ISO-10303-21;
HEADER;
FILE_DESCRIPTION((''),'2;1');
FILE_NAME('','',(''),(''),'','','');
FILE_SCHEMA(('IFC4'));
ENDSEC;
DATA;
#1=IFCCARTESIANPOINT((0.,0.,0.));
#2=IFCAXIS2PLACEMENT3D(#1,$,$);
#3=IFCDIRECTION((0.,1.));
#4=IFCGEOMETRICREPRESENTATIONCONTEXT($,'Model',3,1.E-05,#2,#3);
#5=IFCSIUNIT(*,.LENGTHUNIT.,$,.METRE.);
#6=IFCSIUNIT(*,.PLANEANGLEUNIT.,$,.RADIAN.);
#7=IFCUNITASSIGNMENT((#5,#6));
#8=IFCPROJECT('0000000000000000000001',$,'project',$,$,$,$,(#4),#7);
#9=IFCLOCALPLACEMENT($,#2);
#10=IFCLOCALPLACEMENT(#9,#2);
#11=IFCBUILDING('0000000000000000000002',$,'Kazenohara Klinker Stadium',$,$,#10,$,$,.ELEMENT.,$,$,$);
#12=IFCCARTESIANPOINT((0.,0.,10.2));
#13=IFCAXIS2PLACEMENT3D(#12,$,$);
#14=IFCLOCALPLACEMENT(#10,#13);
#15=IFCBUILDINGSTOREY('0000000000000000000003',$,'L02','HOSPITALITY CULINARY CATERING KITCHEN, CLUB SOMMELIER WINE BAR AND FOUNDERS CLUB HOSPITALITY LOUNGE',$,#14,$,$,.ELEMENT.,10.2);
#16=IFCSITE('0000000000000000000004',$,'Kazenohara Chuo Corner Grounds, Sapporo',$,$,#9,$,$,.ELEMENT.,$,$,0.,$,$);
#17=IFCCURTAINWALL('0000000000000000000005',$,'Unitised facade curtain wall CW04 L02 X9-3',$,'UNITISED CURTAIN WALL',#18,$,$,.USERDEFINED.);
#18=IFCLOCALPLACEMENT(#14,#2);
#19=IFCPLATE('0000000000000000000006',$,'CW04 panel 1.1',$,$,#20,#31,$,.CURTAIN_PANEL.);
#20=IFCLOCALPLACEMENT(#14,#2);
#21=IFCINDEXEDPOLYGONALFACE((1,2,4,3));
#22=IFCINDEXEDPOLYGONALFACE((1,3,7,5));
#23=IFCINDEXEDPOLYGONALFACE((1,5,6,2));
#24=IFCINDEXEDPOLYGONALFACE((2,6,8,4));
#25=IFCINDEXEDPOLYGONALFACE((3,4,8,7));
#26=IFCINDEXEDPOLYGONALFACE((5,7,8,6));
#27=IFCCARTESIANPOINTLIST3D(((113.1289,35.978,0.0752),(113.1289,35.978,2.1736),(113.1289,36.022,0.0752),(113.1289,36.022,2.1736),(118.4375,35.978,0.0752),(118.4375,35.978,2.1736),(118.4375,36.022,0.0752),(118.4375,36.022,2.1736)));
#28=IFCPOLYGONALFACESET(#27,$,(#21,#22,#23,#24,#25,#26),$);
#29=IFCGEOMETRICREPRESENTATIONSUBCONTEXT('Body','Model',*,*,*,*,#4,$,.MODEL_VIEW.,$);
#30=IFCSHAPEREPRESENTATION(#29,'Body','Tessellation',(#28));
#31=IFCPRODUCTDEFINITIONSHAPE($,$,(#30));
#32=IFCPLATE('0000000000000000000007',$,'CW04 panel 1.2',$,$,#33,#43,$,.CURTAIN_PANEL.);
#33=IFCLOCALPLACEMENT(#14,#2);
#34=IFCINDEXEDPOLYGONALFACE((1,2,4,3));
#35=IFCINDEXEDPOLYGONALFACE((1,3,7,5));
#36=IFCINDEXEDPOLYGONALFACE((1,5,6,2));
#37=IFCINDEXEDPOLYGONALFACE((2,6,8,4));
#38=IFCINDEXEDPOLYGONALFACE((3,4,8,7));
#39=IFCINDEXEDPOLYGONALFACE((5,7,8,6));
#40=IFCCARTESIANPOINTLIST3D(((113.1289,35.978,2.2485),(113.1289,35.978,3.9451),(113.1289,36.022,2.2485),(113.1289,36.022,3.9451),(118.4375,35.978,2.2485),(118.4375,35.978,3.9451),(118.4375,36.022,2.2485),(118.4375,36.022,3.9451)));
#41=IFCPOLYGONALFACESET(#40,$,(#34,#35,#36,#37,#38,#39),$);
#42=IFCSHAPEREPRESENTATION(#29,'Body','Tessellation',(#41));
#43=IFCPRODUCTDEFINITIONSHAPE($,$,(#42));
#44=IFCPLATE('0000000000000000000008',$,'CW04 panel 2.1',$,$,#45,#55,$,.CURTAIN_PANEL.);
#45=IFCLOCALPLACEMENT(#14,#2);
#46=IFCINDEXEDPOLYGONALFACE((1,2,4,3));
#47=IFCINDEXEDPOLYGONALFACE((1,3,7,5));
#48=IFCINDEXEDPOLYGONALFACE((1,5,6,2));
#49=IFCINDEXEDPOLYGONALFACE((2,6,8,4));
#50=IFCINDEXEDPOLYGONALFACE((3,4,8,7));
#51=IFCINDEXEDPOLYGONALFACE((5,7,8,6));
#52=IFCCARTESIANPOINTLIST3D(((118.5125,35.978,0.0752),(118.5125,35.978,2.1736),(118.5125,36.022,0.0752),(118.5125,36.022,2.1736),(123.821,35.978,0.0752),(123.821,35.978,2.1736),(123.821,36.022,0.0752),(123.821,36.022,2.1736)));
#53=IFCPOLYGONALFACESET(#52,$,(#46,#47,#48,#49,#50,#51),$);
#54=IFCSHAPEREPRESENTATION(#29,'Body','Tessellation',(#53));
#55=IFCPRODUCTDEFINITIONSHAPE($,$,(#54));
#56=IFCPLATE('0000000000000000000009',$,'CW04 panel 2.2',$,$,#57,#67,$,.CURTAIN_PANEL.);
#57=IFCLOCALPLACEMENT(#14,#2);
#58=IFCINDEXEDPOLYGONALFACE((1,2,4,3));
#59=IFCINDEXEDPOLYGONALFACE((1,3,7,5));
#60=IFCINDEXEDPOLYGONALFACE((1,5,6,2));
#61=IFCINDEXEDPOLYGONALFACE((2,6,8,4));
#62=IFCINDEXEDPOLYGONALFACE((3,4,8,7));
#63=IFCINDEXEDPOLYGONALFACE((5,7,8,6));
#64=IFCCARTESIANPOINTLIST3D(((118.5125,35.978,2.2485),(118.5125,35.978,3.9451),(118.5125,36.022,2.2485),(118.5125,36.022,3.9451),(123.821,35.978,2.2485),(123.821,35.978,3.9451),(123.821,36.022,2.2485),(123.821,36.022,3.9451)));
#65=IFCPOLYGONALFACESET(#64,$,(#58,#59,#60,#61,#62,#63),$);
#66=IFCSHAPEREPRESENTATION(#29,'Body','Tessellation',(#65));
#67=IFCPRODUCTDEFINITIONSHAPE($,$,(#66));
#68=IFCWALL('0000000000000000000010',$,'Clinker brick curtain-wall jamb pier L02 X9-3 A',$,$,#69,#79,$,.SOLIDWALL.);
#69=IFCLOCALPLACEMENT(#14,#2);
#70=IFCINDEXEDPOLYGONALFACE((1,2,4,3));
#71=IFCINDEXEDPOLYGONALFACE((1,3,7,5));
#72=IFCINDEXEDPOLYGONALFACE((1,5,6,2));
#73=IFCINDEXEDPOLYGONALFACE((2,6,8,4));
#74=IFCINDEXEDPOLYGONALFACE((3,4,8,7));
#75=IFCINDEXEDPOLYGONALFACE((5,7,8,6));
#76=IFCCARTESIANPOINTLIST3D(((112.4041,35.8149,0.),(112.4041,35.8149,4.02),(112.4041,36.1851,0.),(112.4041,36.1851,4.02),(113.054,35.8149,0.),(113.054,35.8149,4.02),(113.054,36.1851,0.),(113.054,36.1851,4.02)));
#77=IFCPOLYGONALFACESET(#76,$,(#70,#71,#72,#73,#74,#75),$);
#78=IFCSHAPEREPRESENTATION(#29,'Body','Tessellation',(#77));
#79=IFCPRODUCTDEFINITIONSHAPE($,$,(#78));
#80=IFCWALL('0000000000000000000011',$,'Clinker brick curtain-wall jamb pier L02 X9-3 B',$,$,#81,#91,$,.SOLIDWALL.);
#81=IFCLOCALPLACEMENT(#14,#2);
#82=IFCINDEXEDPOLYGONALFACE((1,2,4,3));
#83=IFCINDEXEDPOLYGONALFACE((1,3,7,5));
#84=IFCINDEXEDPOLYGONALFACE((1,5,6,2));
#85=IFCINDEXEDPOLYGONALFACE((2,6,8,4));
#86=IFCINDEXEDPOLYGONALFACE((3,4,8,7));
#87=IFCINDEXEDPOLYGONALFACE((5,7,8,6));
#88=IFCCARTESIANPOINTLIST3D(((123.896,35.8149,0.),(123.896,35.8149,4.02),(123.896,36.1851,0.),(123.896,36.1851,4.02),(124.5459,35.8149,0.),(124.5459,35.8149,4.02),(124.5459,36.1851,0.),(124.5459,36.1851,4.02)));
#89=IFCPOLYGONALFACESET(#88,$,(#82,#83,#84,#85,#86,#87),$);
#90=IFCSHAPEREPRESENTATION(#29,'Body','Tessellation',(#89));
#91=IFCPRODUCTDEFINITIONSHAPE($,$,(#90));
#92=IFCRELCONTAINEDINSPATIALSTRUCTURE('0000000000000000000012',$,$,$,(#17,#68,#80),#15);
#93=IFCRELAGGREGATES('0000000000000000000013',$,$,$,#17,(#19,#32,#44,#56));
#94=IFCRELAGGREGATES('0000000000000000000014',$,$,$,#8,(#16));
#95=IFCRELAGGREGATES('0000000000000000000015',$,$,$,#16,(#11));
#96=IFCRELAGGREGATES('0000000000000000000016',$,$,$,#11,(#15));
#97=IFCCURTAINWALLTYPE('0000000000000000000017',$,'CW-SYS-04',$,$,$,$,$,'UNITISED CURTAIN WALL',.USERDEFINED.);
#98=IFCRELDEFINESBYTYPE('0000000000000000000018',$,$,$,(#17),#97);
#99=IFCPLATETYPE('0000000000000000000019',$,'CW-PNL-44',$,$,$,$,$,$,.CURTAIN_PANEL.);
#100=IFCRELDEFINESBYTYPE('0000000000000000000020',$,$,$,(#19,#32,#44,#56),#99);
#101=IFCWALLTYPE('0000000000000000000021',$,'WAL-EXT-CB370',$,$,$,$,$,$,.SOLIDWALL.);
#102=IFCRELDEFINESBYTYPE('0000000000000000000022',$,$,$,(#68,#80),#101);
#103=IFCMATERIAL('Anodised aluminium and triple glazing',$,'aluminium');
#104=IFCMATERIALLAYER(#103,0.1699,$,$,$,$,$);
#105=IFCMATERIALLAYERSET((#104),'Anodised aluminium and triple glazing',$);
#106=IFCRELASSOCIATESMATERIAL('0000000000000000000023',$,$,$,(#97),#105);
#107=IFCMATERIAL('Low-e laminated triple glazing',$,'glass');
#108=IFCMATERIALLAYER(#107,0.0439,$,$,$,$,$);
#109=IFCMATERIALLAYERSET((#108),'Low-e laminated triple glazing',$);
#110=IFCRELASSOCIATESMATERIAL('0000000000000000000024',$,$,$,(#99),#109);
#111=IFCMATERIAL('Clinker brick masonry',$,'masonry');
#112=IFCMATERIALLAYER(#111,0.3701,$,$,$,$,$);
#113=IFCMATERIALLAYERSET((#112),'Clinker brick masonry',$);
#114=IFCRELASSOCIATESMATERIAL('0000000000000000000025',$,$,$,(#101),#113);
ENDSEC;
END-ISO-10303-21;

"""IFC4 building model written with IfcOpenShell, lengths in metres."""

from ifc_helpers import new_model, si_unit, direction, frame, frame_2d, origin, origin_2d, place, context, subcontext, project, spatial, rectangle, extrude, material, layer, layer_set, type_object, element, aggregate, save


model = new_model("IFC4")

# Units and contexts
model_context = context("Model", 3, precision=1e-05, world=origin(), true_north=direction((0.0, 1.0)))
body_context = subcontext(model_context, "Body", "Model", "MODEL_VIEW")
ifc_project = project(units=[si_unit("LENGTHUNIT", "METRE"), si_unit("PLANEANGLEUNIT", "RADIAN")], contexts=[model_context])

# Site, building, storey
site_placement = place(None, origin())
site = spatial("IfcSite", under=ifc_project, at=site_placement, Name="Kazenohara Chuo Corner Grounds, Sapporo", CompositionType="ELEMENT", RefElevation=0.0)
building_placement = place(site_placement, origin())
building = spatial("IfcBuilding", under=site, at=building_placement, Name="Kazenohara Klinker Stadium", CompositionType="ELEMENT")
storey_placement = place(building_placement, frame((0.0, 0.0, 10.2)))
storey = spatial("IfcBuildingStorey", under=building, at=storey_placement, Name="L02", Description="HOSPITALITY CULINARY CATERING KITCHEN, CLUB SOMMELIER WINE BAR AND FOUNDERS CLUB HOSPITALITY LOUNGE", CompositionType="ELEMENT", Elevation=10.2)

# Curtain wall
ifc_material_1 = material(Name="Anodised aluminium and triple glazing", Category="aluminium")
ifc_layer_1 = layer(ifc_material_1, 0.1699)
ifc_layer_set_1 = layer_set([ifc_layer_1], Name="Anodised aluminium and triple glazing")
curtain_wall_type = type_object("IfcCurtainWallType", Name="CW-SYS-04", ElementType="UNITISED CURTAIN WALL", PredefinedType="USERDEFINED", material=ifc_layer_set_1)
curtain_wall_placement = place(storey_placement, origin())
curtain_wall = element("IfcCurtainWall", 1, at=curtain_wall_placement, inside=storey, type_object=curtain_wall_type, Name="Unitised facade curtain wall CW04 L02 X9-3", ObjectType="UNITISED CURTAIN WALL", PredefinedType="USERDEFINED")

# Plates
ifc_material_2 = material(Name="Low-e laminated triple glazing", Category="glass")
ifc_layer_2 = layer(ifc_material_2, 0.0439)
ifc_layer_set_2 = layer_set([ifc_layer_2], Name="Low-e laminated triple glazing")
plate_type = type_object("IfcPlateType", Name="CW-PNL-44", PredefinedType="CURTAIN_PANEL", material=ifc_layer_set_2)
plate_1_placement = place(storey_placement, frame((115.7832, 36.0, 0.0752), z_axis=(0.0, 0.0, 1.0), x_axis=(1.0, 0.0, 0.0)))
plate_1 = element("IfcPlate", 2, at=plate_1_placement, type_object=plate_type, Name="CW04 panel 1.1", PredefinedType="CURTAIN_PANEL", context=body_context, shape_type="SweptSolid", body=[
    extrude(rectangle(XDim=5.3086, YDim=0.0439, at=origin_2d()), origin(), (0.0, 0.0, 1.0), 2.0984),
])
plate_2_placement = place(storey_placement, frame((115.7832, 36.0, 2.2485), z_axis=(0.0, 0.0, 1.0), x_axis=(1.0, 0.0, 0.0)))
plate_2 = element("IfcPlate", 3, at=plate_2_placement, type_object=plate_type, Name="CW04 panel 1.2", PredefinedType="CURTAIN_PANEL", context=body_context, shape_type="SweptSolid", body=[
    extrude(rectangle(XDim=5.3086, YDim=0.0439, at=origin_2d()), origin(), (0.0, 0.0, 1.0), 1.6965),
])
plate_3_placement = place(storey_placement, frame((121.1667, 36.0, 0.0752), z_axis=(0.0, 0.0, 1.0), x_axis=(1.0, 0.0, 0.0)))
plate_3 = element("IfcPlate", 4, at=plate_3_placement, type_object=plate_type, Name="CW04 panel 2.1", PredefinedType="CURTAIN_PANEL", context=body_context, shape_type="SweptSolid", body=[
    extrude(rectangle(XDim=5.3086, YDim=0.0439, at=origin_2d()), origin(), (0.0, 0.0, 1.0), 2.0984),
])
plate_4_placement = place(storey_placement, frame((121.1667, 36.0, 2.2485), z_axis=(0.0, 0.0, 1.0), x_axis=(1.0, 0.0, 0.0)))
plate_4 = element("IfcPlate", 5, at=plate_4_placement, type_object=plate_type, Name="CW04 panel 2.2", PredefinedType="CURTAIN_PANEL", context=body_context, shape_type="SweptSolid", body=[
    extrude(rectangle(XDim=5.3086, YDim=0.0439, at=origin_2d()), origin(), (0.0, 0.0, 1.0), 1.6965),
])
aggregate(curtain_wall, [plate_1, plate_2, plate_3, plate_4])

# Walls
ifc_material_3 = material(Name="Clinker brick masonry", Category="masonry")
ifc_layer_3 = layer(ifc_material_3, 0.3701)
ifc_layer_set_3 = layer_set([ifc_layer_3], Name="Clinker brick masonry")
wall_type = type_object("IfcWallType", Name="WAL-EXT-CB370", PredefinedType="SOLIDWALL", material=ifc_layer_set_3)
for number, where, z_axis, x_axis, name in (
    (6, (112.4041, 36.0, 0.0), (0.0, 0.0, 1.0), (1.0, 0.0, 0.0), "Clinker brick curtain-wall jamb pier L02 X9-3 A"),
    (7, (123.896, 36.0, 0.0), (0.0, 0.0, 1.0), (1.0, 0.0, 0.0), "Clinker brick curtain-wall jamb pier L02 X9-3 B"),
):
    element("IfcWall", number, at=place(storey_placement, frame(where, z_axis=z_axis, x_axis=x_axis)), inside=storey, type_object=wall_type, Name=name, PredefinedType="SOLIDWALL", context=body_context, shape_type="SweptSolid", body=[
        extrude(rectangle(XDim=0.6499, YDim=0.3701, at=frame_2d((0.325, 0.0))), origin(), (0.0, 0.0, 1.0), 4.02),
    ])

save(model, "model.ifc")
